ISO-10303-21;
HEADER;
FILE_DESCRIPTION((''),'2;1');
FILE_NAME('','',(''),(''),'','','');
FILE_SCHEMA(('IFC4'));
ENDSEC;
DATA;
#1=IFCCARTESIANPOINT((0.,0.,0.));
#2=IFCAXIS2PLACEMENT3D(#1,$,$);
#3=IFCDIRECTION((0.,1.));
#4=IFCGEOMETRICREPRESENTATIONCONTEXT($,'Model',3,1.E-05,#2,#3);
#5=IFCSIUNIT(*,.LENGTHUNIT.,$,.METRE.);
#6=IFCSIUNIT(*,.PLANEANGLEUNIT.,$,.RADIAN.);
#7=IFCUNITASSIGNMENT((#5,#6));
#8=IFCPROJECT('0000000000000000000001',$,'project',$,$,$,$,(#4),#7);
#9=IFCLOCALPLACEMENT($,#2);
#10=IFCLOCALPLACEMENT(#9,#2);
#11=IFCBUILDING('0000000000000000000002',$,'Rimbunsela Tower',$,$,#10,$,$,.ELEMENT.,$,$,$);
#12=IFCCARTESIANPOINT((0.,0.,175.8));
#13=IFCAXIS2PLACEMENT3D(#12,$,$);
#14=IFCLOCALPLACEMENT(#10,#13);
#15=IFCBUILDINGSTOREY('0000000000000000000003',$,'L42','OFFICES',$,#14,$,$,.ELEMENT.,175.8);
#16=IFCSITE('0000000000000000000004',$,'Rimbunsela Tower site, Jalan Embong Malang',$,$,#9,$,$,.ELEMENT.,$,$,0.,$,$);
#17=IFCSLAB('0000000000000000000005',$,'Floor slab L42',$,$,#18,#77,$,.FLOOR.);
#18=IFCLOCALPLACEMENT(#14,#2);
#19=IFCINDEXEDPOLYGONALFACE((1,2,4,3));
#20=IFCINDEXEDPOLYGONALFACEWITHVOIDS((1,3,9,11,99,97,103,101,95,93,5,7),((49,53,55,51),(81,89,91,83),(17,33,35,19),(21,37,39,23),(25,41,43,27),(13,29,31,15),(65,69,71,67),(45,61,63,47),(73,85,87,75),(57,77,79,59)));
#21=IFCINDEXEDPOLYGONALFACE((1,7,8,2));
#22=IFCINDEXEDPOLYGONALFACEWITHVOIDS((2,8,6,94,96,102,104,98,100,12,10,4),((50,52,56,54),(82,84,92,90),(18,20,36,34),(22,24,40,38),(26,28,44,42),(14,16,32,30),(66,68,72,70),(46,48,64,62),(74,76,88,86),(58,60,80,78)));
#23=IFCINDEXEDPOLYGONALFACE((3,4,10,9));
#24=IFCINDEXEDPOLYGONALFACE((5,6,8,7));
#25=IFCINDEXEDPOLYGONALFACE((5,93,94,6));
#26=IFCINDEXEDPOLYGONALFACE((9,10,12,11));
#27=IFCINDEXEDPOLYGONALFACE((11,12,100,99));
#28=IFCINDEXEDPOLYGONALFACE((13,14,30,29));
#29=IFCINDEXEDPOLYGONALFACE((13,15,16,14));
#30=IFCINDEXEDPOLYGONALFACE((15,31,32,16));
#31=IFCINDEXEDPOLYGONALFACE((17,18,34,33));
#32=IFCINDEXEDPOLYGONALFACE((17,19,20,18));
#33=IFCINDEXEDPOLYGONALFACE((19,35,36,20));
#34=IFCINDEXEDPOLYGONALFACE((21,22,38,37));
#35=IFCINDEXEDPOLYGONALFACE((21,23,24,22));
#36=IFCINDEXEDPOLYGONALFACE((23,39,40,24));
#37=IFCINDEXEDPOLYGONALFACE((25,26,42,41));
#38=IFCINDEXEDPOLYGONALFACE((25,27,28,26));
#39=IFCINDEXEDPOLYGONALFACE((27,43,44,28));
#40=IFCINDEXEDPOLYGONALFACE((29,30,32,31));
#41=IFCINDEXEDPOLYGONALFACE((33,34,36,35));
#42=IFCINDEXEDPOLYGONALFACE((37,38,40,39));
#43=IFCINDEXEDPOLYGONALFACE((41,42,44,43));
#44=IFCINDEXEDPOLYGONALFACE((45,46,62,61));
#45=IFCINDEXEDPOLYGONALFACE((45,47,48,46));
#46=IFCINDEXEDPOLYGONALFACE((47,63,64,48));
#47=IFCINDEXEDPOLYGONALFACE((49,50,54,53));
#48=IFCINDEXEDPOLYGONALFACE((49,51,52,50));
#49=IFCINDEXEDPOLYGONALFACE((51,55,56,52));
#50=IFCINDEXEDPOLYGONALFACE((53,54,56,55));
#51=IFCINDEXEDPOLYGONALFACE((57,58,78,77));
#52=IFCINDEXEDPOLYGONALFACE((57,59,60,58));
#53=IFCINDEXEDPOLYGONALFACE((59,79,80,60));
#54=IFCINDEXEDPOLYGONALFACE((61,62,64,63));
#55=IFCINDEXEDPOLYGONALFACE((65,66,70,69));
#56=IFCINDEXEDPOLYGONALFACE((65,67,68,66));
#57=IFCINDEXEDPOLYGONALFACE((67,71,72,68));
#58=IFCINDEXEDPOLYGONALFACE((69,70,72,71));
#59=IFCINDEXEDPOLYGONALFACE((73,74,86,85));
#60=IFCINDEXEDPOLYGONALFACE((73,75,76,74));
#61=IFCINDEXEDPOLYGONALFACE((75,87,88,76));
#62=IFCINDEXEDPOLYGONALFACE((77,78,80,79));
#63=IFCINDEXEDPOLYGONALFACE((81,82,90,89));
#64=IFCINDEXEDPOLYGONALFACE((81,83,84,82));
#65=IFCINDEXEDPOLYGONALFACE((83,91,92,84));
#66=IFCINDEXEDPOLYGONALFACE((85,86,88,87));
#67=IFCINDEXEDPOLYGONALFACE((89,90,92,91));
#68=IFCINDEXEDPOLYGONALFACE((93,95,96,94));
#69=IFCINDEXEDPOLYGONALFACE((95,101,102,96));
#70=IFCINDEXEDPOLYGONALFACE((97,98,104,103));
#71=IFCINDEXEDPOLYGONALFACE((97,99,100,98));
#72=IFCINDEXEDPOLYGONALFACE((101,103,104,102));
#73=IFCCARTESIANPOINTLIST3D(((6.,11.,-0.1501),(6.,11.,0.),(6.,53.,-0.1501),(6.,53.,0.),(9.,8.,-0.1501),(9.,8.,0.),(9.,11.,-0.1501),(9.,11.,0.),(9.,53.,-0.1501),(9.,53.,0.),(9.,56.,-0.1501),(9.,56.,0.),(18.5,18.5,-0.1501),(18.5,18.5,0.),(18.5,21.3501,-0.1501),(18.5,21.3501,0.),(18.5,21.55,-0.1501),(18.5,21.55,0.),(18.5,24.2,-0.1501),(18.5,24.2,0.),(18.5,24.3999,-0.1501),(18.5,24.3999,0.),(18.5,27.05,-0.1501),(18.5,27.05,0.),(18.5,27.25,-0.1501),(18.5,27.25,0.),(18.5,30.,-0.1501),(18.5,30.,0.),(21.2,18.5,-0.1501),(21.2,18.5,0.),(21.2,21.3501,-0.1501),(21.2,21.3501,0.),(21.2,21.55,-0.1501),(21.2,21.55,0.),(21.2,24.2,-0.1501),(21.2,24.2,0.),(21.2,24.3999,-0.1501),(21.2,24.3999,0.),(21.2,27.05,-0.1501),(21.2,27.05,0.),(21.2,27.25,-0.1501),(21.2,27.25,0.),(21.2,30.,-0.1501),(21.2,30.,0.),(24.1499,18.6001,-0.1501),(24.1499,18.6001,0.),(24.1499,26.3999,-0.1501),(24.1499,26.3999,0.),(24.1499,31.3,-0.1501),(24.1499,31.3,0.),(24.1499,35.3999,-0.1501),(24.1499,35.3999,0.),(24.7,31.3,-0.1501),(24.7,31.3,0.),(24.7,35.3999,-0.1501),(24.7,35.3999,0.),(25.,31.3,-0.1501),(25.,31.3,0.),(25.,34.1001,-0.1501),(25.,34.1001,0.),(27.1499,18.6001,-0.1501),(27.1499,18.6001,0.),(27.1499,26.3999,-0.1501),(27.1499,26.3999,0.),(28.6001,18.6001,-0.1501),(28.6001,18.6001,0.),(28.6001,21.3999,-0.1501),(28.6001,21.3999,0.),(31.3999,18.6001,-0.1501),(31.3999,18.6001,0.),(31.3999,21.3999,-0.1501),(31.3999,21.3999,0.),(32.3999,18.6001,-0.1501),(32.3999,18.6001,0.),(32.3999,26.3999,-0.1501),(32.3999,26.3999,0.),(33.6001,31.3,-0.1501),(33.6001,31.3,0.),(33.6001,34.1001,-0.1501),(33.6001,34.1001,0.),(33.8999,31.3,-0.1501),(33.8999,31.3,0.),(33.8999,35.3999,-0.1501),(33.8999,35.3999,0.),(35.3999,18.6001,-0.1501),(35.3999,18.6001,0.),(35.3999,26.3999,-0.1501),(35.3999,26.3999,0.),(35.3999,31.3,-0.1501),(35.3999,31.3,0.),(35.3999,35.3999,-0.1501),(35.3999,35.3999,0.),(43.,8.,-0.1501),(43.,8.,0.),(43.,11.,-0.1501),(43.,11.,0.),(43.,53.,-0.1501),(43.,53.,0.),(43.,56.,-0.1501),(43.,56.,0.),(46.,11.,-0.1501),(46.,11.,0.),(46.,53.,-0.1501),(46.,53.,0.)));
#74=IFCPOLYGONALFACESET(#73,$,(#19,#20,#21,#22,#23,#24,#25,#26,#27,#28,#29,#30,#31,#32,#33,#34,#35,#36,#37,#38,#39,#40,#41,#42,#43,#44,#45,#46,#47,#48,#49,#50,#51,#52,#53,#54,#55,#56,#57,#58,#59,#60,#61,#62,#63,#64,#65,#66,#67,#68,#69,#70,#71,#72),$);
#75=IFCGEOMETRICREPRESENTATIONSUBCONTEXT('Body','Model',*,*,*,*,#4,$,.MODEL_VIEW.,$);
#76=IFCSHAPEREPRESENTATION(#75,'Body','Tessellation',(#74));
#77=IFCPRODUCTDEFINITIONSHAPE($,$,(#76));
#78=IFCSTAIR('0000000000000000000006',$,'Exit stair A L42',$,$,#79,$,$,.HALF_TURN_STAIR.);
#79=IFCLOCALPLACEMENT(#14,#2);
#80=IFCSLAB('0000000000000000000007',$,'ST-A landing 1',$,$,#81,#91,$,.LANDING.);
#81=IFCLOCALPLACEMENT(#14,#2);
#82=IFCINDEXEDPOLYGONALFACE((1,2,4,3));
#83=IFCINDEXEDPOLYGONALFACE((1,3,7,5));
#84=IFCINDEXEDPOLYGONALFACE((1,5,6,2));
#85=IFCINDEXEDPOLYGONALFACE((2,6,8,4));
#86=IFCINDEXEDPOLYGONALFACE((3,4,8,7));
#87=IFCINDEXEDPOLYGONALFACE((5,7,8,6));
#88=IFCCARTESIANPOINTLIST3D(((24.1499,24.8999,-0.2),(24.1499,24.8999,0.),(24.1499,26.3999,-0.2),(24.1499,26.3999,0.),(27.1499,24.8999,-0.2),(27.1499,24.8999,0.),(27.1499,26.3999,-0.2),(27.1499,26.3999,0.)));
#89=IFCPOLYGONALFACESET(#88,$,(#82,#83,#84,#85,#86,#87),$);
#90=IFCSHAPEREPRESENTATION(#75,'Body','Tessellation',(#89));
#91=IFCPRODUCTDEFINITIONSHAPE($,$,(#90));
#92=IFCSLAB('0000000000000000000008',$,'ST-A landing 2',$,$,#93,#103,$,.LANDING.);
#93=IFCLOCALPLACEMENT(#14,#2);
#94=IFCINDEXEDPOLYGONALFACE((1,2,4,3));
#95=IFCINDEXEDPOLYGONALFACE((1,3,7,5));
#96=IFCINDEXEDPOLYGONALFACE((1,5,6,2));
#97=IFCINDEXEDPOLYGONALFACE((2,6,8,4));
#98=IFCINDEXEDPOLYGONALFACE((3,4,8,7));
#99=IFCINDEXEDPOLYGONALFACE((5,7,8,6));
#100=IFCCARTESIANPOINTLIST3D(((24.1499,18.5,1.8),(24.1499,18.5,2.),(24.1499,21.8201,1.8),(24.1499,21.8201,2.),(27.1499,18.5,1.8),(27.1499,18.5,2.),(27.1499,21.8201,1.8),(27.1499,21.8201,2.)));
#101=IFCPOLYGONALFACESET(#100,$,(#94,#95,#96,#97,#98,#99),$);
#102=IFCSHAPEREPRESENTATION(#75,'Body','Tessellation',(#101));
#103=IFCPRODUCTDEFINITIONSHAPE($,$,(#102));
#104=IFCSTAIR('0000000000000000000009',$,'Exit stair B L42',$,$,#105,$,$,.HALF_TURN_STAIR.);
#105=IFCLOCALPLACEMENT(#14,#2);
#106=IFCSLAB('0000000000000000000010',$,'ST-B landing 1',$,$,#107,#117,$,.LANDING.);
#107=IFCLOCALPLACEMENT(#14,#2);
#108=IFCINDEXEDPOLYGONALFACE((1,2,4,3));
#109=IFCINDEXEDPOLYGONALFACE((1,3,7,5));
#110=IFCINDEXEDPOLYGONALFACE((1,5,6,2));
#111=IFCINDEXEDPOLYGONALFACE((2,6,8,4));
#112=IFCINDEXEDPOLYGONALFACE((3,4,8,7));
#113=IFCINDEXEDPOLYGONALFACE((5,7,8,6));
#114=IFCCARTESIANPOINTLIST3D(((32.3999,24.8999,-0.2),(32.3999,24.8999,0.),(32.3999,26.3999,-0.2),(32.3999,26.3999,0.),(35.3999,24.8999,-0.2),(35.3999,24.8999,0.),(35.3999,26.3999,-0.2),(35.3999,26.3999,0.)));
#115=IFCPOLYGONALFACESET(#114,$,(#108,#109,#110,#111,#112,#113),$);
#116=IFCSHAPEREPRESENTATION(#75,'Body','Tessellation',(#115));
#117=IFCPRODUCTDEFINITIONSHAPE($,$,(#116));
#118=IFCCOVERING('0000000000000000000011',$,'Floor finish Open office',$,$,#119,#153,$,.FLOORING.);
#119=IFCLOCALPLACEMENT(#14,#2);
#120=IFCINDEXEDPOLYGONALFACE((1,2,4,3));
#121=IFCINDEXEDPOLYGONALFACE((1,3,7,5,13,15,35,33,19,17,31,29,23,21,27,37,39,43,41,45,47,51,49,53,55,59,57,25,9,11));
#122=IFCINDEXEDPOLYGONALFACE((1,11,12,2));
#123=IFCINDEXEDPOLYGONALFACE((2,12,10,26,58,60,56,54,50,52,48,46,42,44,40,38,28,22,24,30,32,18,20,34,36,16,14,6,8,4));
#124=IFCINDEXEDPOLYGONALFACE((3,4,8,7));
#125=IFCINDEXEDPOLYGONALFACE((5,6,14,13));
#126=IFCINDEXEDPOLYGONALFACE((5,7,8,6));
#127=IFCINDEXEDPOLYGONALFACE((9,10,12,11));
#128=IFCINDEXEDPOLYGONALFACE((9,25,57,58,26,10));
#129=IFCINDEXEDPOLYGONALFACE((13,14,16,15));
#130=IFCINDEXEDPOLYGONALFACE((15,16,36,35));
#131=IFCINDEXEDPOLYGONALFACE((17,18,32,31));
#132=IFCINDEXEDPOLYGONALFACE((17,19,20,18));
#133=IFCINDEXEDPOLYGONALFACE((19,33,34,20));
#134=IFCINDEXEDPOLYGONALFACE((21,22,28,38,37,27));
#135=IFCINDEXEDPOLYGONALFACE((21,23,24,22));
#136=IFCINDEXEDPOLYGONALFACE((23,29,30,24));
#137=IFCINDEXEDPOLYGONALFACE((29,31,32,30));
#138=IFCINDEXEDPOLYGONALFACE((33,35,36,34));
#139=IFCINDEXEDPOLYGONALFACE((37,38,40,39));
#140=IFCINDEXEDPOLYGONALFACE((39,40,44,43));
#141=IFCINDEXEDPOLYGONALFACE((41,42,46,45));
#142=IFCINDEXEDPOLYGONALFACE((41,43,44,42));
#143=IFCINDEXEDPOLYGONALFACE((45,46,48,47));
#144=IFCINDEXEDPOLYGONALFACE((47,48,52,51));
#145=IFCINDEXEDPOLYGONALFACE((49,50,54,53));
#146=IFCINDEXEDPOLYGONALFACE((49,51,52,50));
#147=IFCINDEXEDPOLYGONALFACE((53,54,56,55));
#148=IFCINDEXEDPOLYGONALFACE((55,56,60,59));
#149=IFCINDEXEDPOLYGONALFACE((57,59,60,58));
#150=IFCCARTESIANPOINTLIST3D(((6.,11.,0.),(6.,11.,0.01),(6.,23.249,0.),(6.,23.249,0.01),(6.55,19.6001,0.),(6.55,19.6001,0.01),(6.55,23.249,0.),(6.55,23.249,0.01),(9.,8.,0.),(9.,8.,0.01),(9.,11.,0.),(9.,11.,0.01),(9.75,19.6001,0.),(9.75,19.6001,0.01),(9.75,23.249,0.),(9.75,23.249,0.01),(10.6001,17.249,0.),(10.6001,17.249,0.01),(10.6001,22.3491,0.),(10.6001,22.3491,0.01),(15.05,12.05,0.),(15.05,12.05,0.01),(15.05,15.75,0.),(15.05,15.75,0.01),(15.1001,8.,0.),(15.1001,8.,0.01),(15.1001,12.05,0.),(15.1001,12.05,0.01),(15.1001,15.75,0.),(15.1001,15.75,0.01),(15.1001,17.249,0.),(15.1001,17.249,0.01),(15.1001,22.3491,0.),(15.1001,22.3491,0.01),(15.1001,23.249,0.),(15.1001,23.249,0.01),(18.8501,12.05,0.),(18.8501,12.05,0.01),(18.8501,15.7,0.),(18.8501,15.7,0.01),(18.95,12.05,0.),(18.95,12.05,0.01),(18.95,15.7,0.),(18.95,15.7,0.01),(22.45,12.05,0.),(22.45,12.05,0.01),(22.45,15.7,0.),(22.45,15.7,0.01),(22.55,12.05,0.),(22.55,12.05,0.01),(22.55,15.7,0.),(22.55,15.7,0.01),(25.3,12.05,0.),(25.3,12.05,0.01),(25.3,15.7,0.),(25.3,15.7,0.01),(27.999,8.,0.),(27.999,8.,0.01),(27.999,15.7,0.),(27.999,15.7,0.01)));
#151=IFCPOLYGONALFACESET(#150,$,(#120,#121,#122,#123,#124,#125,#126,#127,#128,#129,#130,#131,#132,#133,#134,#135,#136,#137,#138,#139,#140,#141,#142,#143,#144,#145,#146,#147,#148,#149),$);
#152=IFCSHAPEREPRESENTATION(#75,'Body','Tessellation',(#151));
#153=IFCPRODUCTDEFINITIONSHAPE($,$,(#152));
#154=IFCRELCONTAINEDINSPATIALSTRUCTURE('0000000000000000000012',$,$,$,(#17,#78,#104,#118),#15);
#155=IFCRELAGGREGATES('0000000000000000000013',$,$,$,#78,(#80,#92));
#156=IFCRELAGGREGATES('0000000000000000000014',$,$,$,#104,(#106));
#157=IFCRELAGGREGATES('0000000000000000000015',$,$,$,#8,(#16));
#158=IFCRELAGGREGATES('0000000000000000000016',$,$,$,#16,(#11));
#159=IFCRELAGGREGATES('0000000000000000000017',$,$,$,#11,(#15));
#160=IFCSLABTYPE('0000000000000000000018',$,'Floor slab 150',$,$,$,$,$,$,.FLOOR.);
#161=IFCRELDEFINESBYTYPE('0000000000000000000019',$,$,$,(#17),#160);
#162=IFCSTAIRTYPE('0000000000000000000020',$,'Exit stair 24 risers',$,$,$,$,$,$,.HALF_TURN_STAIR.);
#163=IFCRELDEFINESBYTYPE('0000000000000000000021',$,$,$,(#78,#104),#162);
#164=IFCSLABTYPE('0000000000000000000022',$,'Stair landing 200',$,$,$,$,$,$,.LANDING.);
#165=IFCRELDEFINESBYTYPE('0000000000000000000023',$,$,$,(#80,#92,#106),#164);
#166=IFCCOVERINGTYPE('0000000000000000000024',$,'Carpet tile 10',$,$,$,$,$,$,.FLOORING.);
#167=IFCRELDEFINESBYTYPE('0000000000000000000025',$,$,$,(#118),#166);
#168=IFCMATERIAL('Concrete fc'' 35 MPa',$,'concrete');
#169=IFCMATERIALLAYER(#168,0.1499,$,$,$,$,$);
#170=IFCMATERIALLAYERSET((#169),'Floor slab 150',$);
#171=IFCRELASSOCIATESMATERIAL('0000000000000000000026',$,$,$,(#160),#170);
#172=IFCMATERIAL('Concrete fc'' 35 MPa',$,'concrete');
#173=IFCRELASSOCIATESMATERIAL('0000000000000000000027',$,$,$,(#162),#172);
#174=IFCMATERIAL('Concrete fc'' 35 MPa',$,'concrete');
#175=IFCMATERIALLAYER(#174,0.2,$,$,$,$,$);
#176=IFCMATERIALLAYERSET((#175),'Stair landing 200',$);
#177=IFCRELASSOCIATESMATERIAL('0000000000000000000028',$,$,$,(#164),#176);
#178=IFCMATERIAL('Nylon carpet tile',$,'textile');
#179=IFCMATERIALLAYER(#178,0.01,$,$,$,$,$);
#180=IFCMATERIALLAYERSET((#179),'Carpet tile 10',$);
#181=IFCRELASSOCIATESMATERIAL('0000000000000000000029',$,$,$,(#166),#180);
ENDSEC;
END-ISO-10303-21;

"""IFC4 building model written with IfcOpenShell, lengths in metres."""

from ifc_helpers import new_model, si_unit, direction, frame, origin, place, context, subcontext, project, spatial, polyline, outline, extrude, material, layer, layer_set, type_object, element, aggregate, save


model = new_model("IFC4")

# Units and contexts
model_context = context("Model", 3, precision=1e-05, world=origin(), true_north=direction((0.0, 1.0)))
body_context = subcontext(model_context, "Body", "Model", "MODEL_VIEW")
ifc_project = project(units=[si_unit("LENGTHUNIT", "METRE"), si_unit("PLANEANGLEUNIT", "RADIAN")], contexts=[model_context])

# Site, building, storey
site_placement = place(None, origin())
site = spatial("IfcSite", under=ifc_project, at=site_placement, Name="Rimbunsela Tower site, Jalan Embong Malang", CompositionType="ELEMENT", RefElevation=0.0)
building_placement = place(site_placement, origin())
building = spatial("IfcBuilding", under=site, at=building_placement, Name="Rimbunsela Tower", CompositionType="ELEMENT")
storey_placement = place(building_placement, frame((0.0, 0.0, 175.8)))
storey = spatial("IfcBuildingStorey", under=building, at=storey_placement, Name="L42", Description="OFFICES", CompositionType="ELEMENT", Elevation=175.8)

# Slab
ifc_material_1 = material(Name="Concrete fc' 35 MPa", Category="concrete")
ifc_layer_1 = layer(ifc_material_1, 0.1499)
ifc_layer_set_1 = layer_set([ifc_layer_1], Name="Floor slab 150")
slab_type_1 = type_object("IfcSlabType", Name="Floor slab 150", PredefinedType="FLOOR", material=ifc_layer_set_1)
slab_1_placement = place(storey_placement, frame((0.0, 0.0, -0.1501)))
element("IfcSlab", 1, at=slab_1_placement, inside=storey, type_object=slab_type_1, Name="Floor slab L42", PredefinedType="FLOOR", context=body_context, shape_type="SweptSolid", body=[
    extrude(outline(polyline([(9.0, 8.0), (43.0, 8.0), (43.0, 11.0), (46.0, 11.0), (46.0, 53.0), (43.0, 53.0), (43.0, 56.0), (9.0, 56.0), (9.0, 53.0), (6.0, 53.0), (6.0, 11.0), (9.0, 11.0), (9.0, 8.0)]), holes=[polyline([(21.2, 21.3501), (18.5, 21.3501), (18.5, 18.5), (21.2, 18.5), (21.2, 21.3501)]), polyline([(21.2, 21.55), (21.2, 24.2), (18.5, 24.2), (18.5, 21.55), (21.2, 21.55)]), polyline([(21.2, 27.05), (18.5, 27.05), (18.5, 24.3999), (21.2, 24.3999), (21.2, 27.05)]), polyline([(21.2, 27.25), (21.2, 30.0), (18.5, 30.0), (18.5, 27.25), (21.2, 27.25)]), polyline([(27.1499, 18.6001), (27.1499, 26.3999), (24.1499, 26.3999), (24.1499, 18.6001), (27.1499, 18.6001)]), polyline([(24.7, 31.3), (24.7, 35.3999), (24.1499, 35.3999), (24.1499, 31.3), (24.7, 31.3)]), polyline([(25.0, 34.1001), (25.0, 31.3), (33.6001, 31.3), (33.6001, 34.1001), (25.0, 34.1001)]), polyline([(31.3999, 21.3999), (28.6001, 21.3999), (28.6001, 18.6001), (31.3999, 18.6001), (31.3999, 21.3999)]), polyline([(35.3999, 18.6001), (35.3999, 26.3999), (32.3999, 26.3999), (32.3999, 18.6001), (35.3999, 18.6001)]), polyline([(35.3999, 31.3), (35.3999, 35.3999), (33.8999, 35.3999), (33.8999, 31.3), (35.3999, 31.3)])]), origin(), (0.0, 0.0, 1.0), 0.1501),
])

# Stair, slabs
ifc_material_2 = material(Name="Concrete fc' 35 MPa", Category="concrete")
stair_type = type_object("IfcStairType", Name="Exit stair 24 risers", PredefinedType="HALF_TURN_STAIR", material=ifc_material_2)
stair_1_placement = place(storey_placement, origin())
stair_1 = element("IfcStair", 2, at=stair_1_placement, inside=storey, type_object=stair_type, Name="Exit stair A L42", PredefinedType="HALF_TURN_STAIR")
ifc_material_3 = material(Name="Concrete fc' 35 MPa", Category="concrete")
ifc_layer_2 = layer(ifc_material_3, 0.2)
ifc_layer_set_2 = layer_set([ifc_layer_2], Name="Stair landing 200")
slab_type_2 = type_object("IfcSlabType", Name="Stair landing 200", PredefinedType="LANDING", material=ifc_layer_set_2)
slab_2_placement = place(storey_placement, frame((0.0, 0.0, -0.2)))
slab_2 = element("IfcSlab", 3, at=slab_2_placement, type_object=slab_type_2, Name="ST-A landing 1", PredefinedType="LANDING", context=body_context, shape_type="SweptSolid", body=[
    extrude(outline(polyline([(24.1499, 24.8999), (27.1499, 24.8999), (27.1499, 26.3999), (24.1499, 26.3999), (24.1499, 24.8999)])), origin(), (0.0, 0.0, 1.0), 0.2),
])
slab_3_placement = place(storey_placement, frame((0.0, 0.0, 1.8)))
slab_3 = element("IfcSlab", 4, at=slab_3_placement, type_object=slab_type_2, Name="ST-A landing 2", PredefinedType="LANDING", context=body_context, shape_type="SweptSolid", body=[
    extrude(outline(polyline([(24.1499, 18.5), (27.1499, 18.5), (27.1499, 21.8201), (24.1499, 21.8201), (24.1499, 18.5)])), origin(), (0.0, 0.0, 1.0), 0.2),
])
aggregate(stair_1, [slab_2, slab_3])

# Stair, slab
stair_2_placement = place(storey_placement, origin())
stair_2 = element("IfcStair", 5, at=stair_2_placement, inside=storey, type_object=stair_type, Name="Exit stair B L42", PredefinedType="HALF_TURN_STAIR")
slab_4_placement = place(storey_placement, frame((0.0, 0.0, -0.2)))
slab_4 = element("IfcSlab", 6, at=slab_4_placement, type_object=slab_type_2, Name="ST-B landing 1", PredefinedType="LANDING", context=body_context, shape_type="SweptSolid", body=[
    extrude(outline(polyline([(32.3999, 24.8999), (35.3999, 24.8999), (35.3999, 26.3999), (32.3999, 26.3999), (32.3999, 24.8999)])), origin(), (0.0, 0.0, 1.0), 0.2),
])
aggregate(stair_2, [slab_4])

# Covering
ifc_material_4 = material(Name="Nylon carpet tile", Category="textile")
ifc_layer_3 = layer(ifc_material_4, 0.01)
ifc_layer_set_3 = layer_set([ifc_layer_3], Name="Carpet tile 10")
covering_type_1 = type_object("IfcCoveringType", Name="Carpet tile 10", PredefinedType="FLOORING", material=ifc_layer_set_3)
covering_1_placement = place(storey_placement, origin())
element("IfcCovering", 7, at=covering_1_placement, inside=storey, type_object=covering_type_1, Name="Floor finish Open office", PredefinedType="FLOORING", context=body_context, shape_type="SweptSolid", body=[
    extrude(outline(polyline([(18.8501, 15.7), (18.95, 15.7), (18.95, 12.05), (22.45, 12.05), (22.45, 15.7), (22.55, 15.7), (22.55, 12.05), (25.3, 12.05), (25.3, 15.7), (27.999, 15.7), (27.999, 8.0), (15.1001, 8.0), (9.0, 8.0), (9.0, 11.0), (6.0, 11.0), (6.0, 23.249), (6.55, 23.249), (6.55, 19.6001), (9.75, 19.6001), (9.75, 23.249), (15.1001, 23.249), (15.1001, 22.3491), (10.6001, 22.3491), (10.6001, 17.249), (15.1001, 17.249), (15.1001, 15.75), (15.05, 15.75), (15.05, 12.05), (15.1001, 12.05), (18.8501, 12.05), (18.8501, 15.7)])), origin(), (0.0, 0.0, 1.0), 0.01),
])

save(model, "model.ifc")
